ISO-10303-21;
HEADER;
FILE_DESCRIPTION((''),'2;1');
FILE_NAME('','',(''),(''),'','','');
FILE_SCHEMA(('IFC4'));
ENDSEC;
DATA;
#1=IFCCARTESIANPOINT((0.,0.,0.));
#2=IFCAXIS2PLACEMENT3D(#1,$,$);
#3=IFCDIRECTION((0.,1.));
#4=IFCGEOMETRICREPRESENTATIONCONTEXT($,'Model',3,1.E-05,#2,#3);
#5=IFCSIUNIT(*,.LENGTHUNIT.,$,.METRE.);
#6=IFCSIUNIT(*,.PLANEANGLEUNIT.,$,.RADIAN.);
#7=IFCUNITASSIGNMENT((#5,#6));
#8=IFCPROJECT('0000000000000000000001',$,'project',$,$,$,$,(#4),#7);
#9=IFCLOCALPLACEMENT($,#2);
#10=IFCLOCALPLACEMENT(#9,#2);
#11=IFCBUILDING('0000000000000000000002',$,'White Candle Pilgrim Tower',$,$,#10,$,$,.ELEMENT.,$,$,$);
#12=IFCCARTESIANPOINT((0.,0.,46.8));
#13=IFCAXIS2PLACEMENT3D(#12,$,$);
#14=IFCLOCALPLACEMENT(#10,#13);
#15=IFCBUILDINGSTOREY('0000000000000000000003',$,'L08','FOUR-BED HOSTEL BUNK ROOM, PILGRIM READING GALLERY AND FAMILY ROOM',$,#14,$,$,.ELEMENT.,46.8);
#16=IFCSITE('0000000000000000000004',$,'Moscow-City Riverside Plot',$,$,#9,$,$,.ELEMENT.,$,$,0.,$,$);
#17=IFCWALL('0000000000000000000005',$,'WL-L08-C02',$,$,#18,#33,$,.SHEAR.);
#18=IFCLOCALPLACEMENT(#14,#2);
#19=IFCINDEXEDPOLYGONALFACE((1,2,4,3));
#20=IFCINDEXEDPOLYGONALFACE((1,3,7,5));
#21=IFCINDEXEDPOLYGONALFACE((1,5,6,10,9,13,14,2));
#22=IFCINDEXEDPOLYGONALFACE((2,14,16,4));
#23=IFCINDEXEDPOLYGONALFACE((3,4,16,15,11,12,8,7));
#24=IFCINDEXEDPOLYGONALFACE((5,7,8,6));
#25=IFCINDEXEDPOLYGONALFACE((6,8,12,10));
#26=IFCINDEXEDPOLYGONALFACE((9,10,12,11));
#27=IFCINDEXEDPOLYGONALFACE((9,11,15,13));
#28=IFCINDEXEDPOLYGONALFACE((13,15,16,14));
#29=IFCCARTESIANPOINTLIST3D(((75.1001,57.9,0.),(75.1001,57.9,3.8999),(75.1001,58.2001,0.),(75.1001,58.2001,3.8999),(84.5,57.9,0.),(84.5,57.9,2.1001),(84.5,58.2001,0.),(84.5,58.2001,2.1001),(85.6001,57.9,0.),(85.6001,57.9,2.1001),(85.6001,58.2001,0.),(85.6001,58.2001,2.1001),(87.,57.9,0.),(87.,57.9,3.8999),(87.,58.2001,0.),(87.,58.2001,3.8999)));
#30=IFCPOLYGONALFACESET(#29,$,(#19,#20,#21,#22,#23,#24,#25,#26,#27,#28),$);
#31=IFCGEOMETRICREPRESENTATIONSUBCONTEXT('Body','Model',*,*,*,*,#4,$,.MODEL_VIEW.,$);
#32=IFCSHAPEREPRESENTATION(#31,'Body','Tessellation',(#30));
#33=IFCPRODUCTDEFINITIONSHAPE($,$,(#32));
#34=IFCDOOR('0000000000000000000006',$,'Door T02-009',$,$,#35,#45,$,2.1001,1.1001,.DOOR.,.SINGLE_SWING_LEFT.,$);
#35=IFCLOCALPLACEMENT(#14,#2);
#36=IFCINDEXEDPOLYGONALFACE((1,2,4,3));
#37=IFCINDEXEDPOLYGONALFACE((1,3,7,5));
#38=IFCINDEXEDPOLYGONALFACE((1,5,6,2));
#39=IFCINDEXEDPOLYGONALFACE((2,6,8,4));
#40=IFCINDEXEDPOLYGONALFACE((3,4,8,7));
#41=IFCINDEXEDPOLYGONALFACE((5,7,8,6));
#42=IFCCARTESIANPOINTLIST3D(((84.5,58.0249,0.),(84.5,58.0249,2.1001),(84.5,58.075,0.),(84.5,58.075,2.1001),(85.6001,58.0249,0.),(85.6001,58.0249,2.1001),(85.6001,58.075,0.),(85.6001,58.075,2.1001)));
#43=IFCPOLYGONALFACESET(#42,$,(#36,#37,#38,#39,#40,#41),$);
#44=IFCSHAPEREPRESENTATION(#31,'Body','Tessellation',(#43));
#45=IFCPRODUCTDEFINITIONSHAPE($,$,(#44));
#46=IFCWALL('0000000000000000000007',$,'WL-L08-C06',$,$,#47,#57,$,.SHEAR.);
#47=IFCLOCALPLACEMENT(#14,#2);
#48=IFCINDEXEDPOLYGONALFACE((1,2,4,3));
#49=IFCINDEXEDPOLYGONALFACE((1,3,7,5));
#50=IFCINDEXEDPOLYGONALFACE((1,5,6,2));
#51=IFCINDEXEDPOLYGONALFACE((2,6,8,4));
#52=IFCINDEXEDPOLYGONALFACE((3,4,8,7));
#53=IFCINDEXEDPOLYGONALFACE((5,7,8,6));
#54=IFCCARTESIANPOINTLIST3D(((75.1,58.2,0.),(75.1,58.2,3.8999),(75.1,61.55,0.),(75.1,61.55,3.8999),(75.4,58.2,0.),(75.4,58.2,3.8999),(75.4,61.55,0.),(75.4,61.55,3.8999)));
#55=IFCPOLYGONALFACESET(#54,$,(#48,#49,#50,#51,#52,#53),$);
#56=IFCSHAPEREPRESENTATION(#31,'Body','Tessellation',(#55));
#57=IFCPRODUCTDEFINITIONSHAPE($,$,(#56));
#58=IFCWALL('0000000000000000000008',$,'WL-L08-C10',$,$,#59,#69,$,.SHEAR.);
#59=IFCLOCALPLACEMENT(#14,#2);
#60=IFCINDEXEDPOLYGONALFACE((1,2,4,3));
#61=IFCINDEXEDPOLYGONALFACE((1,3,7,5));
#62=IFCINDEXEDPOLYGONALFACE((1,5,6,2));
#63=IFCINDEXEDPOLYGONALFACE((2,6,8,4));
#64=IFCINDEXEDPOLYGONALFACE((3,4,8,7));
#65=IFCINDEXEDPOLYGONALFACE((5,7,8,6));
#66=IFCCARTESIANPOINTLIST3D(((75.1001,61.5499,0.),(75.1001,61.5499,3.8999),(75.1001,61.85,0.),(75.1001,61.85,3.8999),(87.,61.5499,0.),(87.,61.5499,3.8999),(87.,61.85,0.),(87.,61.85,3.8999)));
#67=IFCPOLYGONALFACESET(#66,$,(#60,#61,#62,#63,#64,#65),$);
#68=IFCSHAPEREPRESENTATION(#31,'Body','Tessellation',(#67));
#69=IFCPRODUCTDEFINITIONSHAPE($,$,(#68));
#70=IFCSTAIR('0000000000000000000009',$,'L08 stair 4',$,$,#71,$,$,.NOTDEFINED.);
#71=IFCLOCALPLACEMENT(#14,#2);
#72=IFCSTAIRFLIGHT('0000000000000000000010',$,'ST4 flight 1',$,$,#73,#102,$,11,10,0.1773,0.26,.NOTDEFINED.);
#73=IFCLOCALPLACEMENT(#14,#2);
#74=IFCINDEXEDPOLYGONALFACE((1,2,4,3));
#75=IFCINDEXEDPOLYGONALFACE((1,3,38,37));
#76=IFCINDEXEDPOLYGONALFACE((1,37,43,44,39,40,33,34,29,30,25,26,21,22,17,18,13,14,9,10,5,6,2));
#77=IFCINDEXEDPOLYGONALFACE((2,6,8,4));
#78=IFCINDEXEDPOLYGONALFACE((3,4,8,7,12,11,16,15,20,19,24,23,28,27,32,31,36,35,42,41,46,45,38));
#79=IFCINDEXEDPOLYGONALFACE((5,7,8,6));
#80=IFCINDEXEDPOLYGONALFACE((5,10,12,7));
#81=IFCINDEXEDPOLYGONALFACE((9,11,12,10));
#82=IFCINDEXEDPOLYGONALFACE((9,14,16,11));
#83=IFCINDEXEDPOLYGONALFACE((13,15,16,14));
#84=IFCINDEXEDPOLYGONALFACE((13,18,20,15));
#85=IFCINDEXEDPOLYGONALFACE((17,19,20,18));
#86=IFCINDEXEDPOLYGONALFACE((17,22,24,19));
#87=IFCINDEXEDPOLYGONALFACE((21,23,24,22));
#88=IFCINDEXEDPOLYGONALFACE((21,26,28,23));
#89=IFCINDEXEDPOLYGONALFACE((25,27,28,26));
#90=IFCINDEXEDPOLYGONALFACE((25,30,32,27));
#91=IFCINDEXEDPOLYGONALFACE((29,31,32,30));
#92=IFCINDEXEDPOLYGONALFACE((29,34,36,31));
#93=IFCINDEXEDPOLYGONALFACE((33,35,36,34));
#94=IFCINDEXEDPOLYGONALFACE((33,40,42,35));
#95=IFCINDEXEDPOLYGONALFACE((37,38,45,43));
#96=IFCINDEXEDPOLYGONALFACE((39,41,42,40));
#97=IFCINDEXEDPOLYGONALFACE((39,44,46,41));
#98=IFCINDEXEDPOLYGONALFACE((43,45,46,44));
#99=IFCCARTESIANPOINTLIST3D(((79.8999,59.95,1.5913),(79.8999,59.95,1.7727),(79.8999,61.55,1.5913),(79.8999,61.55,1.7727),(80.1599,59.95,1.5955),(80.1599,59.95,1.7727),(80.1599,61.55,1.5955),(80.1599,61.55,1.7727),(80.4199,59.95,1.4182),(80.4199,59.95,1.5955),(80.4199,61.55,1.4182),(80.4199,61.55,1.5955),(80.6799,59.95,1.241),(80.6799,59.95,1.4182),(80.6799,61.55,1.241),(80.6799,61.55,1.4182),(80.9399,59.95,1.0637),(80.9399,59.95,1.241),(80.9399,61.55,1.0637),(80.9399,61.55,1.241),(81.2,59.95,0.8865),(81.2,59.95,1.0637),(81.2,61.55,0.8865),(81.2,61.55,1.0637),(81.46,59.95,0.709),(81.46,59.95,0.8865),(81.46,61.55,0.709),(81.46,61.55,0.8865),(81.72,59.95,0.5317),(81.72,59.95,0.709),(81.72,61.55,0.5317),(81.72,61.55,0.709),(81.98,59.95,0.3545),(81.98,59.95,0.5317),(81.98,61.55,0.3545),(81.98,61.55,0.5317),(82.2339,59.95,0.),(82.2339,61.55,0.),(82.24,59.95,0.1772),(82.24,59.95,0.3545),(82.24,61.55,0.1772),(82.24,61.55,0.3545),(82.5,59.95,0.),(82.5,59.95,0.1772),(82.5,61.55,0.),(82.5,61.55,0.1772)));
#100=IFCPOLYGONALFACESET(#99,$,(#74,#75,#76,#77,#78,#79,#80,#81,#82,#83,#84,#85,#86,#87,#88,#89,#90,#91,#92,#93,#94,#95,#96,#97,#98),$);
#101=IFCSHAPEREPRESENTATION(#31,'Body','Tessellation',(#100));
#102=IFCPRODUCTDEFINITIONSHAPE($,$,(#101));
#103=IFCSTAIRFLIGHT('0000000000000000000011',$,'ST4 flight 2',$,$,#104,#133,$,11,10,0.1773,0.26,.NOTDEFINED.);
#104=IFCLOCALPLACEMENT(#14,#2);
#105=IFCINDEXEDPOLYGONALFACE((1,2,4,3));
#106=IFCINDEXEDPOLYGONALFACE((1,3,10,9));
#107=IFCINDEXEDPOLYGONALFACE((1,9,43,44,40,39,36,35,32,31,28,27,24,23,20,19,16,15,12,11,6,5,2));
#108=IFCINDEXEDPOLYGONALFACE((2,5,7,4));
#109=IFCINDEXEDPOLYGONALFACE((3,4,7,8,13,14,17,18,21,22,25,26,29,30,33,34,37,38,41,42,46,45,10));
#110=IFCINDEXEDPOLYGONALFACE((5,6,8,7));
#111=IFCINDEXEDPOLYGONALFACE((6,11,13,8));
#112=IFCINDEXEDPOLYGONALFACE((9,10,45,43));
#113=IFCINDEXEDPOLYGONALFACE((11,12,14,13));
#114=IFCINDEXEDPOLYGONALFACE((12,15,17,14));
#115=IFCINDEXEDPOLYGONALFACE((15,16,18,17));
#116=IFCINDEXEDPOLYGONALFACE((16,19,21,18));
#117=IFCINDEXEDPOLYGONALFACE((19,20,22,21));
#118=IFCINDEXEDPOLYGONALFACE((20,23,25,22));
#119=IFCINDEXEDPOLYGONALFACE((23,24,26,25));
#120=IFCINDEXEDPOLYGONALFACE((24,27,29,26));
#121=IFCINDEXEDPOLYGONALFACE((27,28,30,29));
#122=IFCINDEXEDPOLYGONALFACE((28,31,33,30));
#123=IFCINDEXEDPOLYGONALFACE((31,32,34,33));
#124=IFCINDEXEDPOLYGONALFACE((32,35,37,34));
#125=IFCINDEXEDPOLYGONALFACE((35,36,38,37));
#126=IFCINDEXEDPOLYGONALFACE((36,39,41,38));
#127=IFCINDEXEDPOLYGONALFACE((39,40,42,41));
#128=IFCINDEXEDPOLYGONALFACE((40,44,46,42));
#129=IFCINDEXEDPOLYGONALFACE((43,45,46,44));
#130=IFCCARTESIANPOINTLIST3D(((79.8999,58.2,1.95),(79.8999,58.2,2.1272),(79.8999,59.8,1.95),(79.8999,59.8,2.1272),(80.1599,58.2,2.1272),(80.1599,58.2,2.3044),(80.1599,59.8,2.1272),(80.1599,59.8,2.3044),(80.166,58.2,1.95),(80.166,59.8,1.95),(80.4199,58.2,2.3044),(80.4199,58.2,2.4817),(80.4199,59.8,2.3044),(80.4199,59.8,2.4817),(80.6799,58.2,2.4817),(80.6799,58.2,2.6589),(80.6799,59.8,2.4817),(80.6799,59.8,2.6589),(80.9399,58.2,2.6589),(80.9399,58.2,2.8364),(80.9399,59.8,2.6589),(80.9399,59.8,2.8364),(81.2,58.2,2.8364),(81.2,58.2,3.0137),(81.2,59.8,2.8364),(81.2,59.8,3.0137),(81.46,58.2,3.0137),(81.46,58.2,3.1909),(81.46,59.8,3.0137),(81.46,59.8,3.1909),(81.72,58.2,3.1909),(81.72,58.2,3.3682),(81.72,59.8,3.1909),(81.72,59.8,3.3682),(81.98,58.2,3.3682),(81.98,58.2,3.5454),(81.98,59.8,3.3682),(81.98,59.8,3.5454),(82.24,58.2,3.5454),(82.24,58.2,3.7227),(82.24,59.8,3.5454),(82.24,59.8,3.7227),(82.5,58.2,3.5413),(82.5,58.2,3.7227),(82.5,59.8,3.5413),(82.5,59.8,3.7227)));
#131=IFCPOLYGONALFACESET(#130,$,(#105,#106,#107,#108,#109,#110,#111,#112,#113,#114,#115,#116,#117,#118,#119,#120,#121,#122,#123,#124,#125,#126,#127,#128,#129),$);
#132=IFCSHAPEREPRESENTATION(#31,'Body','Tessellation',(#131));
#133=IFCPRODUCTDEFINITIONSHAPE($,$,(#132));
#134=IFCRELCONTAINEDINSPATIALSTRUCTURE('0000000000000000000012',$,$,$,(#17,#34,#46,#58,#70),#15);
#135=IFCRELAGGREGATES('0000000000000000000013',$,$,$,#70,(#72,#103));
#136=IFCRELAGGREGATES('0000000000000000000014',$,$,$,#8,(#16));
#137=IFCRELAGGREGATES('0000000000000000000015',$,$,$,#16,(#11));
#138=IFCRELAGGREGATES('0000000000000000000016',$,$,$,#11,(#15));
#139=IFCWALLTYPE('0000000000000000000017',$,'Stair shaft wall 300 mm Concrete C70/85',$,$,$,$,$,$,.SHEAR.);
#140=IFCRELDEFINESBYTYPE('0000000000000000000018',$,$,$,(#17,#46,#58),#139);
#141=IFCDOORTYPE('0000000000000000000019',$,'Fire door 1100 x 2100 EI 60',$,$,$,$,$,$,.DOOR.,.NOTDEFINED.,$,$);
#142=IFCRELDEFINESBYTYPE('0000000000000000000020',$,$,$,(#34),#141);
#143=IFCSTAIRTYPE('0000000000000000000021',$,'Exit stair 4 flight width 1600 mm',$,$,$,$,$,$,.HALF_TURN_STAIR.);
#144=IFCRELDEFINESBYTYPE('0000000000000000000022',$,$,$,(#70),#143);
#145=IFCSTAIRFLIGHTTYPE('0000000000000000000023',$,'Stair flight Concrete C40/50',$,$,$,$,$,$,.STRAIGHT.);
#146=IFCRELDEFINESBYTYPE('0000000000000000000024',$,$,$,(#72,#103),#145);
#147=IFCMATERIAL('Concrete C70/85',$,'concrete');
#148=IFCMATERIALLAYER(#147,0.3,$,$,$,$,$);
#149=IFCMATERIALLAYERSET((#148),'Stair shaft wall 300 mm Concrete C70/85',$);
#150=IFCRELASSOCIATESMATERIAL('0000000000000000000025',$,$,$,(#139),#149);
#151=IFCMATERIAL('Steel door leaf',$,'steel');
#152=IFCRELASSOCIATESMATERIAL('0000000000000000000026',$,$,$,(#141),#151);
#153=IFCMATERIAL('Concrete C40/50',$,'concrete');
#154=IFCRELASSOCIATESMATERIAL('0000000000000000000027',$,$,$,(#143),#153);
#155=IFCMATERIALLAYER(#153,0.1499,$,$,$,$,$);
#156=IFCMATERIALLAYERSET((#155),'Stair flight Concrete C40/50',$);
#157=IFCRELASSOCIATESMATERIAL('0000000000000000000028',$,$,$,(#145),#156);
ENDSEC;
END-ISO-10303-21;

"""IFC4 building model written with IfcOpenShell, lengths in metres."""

from ifc_helpers import new_model, si_unit, direction, frame, frame_2d, origin, place, context, subcontext, project, spatial, polyline, rectangle, outline, extrude, material, layer, layer_set, type_object, element, fill, aggregate, save


model = new_model("IFC4")

# Units and contexts
model_context = context("Model", 3, precision=1e-05, world=origin(), true_north=direction((0.0, 1.0)))
body_context = subcontext(model_context, "Body", "Model", "MODEL_VIEW")
ifc_project = project(units=[si_unit("LENGTHUNIT", "METRE"), si_unit("PLANEANGLEUNIT", "RADIAN")], contexts=[model_context])

# Site, building, storey
site_placement = place(None, origin())
site = spatial("IfcSite", under=ifc_project, at=site_placement, Name="Moscow-City Riverside Plot", CompositionType="ELEMENT", RefElevation=0.0)
building_placement = place(site_placement, origin())
building = spatial("IfcBuilding", under=site, at=building_placement, Name="White Candle Pilgrim Tower", CompositionType="ELEMENT")
storey_placement = place(building_placement, frame((0.0, 0.0, 46.8)))
storey = spatial("IfcBuildingStorey", under=building, at=storey_placement, Name="L08", Description="FOUR-BED HOSTEL BUNK ROOM, PILGRIM READING GALLERY AND FAMILY ROOM", CompositionType="ELEMENT", Elevation=46.8)

# Wall, opening, door
ifc_material_1 = material(Name="Concrete C70/85", Category="concrete")
ifc_layer_1 = layer(ifc_material_1, 0.3)
ifc_layer_set_1 = layer_set([ifc_layer_1], Name="Stair shaft wall 300 mm Concrete C70/85")
wall_type_1 = type_object("IfcWallType", Name="Stair shaft wall 300 mm Concrete C70/85", PredefinedType="SHEAR", material=ifc_layer_set_1)
wall_1_placement = place(storey_placement, frame((75.1001, 58.05, 0.0), z_axis=(0.0, 0.0, 1.0), x_axis=(1.0, 0.0, 0.0)))
wall_1 = element("IfcWall", 1, at=wall_1_placement, inside=storey, type_object=wall_type_1, Name="WL-L08-C02", PredefinedType="SHEAR", context=body_context, shape_type="SweptSolid", body=[
    extrude(rectangle(XDim=11.8999, YDim=0.3, at=frame_2d((5.95, 0.0))), origin(), (0.0, 0.0, 1.0), 3.8999),
])
opening_placement = place(wall_1_placement, frame((9.3999, 0.0, 0.0)))
opening = element("IfcOpeningElement", 2, at=opening_placement, cuts=wall_1, PredefinedType="OPENING", context=body_context, shape_type="SweptSolid", body=[
    extrude(rectangle(XDim=1.1001, YDim=2.1001, at=frame_2d((0.55, 1.05))), frame((0.0, 0.1599, 0.0), z_axis=(0.0, -1.0, 0.0), x_axis=(1.0, 0.0, 0.0)), (0.0, 0.0, 1.0), 0.3201),
])
ifc_material_2 = material(Name="Steel door leaf", Category="steel")
door_type = type_object("IfcDoorType", Name="Fire door 1100 x 2100 EI 60", OperationType="NOTDEFINED", PredefinedType="DOOR", material=ifc_material_2)
door_placement = place(opening_placement, origin())
door = element("IfcDoor", 3, at=door_placement, inside=storey, type_object=door_type, Name="Door T02-009", OperationType="SINGLE_SWING_LEFT", OverallHeight=2.1001, OverallWidth=1.1001, PredefinedType="DOOR", context=body_context, shape_type="SweptSolid", body=[
    extrude(rectangle(XDim=1.1001, YDim=2.1001, at=frame_2d((0.55, 1.05))), frame((0.0, 0.0249, 0.0), z_axis=(0.0, -1.0, 0.0), x_axis=(1.0, 0.0, 0.0)), (0.0, 0.0, 1.0), 0.05),
])
fill(opening, door)

# Walls
wall_2_placement = place(storey_placement, frame((75.25, 58.2, 0.0), z_axis=(0.0, 0.0, 1.0), x_axis=(0.0, 1.0, 0.0)))
element("IfcWall", 4, at=wall_2_placement, inside=storey, type_object=wall_type_1, Name="WL-L08-C06", PredefinedType="SHEAR", context=body_context, shape_type="SweptSolid", body=[
    extrude(rectangle(XDim=3.3501, YDim=0.3, at=frame_2d((1.675, 0.0))), origin(), (0.0, 0.0, 1.0), 3.8999),
])
wall_3_placement = place(storey_placement, frame((75.1001, 61.7, 0.0), z_axis=(0.0, 0.0, 1.0), x_axis=(1.0, 0.0, 0.0)))
element("IfcWall", 5, at=wall_3_placement, inside=storey, type_object=wall_type_1, Name="WL-L08-C10", PredefinedType="SHEAR", context=body_context, shape_type="SweptSolid", body=[
    extrude(rectangle(XDim=11.8999, YDim=0.3, at=frame_2d((5.95, 0.0))), origin(), (0.0, 0.0, 1.0), 3.8999),
])

# Stair, stair flights
ifc_material_3 = material(Name="Concrete C40/50", Category="concrete")
stair_type = type_object("IfcStairType", Name="Exit stair 4 flight width 1600 mm", PredefinedType="HALF_TURN_STAIR", material=ifc_material_3)
stair_placement = place(storey_placement, origin())
stair = element("IfcStair", 6, at=stair_placement, inside=storey, type_object=stair_type, Name="L08 stair 4", PredefinedType="NOTDEFINED")
ifc_layer_2 = layer(ifc_material_3, 0.1499)
ifc_layer_set_2 = layer_set([ifc_layer_2], Name="Stair flight Concrete C40/50")
stair_flight_type = type_object("IfcStairFlightType", Name="Stair flight Concrete C40/50", PredefinedType="STRAIGHT", material=ifc_layer_set_2)
stair_flight_1_placement = place(storey_placement, frame((82.5, 60.75, 0.0), z_axis=(0.0, 0.0, 1.0), x_axis=(-1.0, 0.0, 0.0)))
stair_flight_1 = element("IfcStairFlight", 7, at=stair_flight_1_placement, type_object=stair_flight_type, Name="ST4 flight 1", NumberOfRisers=11, NumberOfTreads=10, PredefinedType="NOTDEFINED", RiserHeight=0.1773, TreadLength=0.26, context=body_context, shape_type="SweptSolid", body=[
    extrude(outline(polyline([(0.0, 0.0), (0.0, 0.1772), (0.26, 0.1772), (0.26, 0.3545), (0.52, 0.3545), (0.52, 0.5317), (0.78, 0.5317), (0.78, 0.709), (1.04, 0.709), (1.04, 0.8865), (1.3, 0.8865), (1.3, 1.0637), (1.5601, 1.0637), (1.5601, 1.241), (1.8201, 1.241), (1.8201, 1.4182), (2.0801, 1.4182), (2.0801, 1.5955), (2.3401, 1.5955), (2.3401, 1.7727), (2.6001, 1.7727), (2.6001, 1.95), (2.6001, 1.5913), (0.2661, 0.0), (0.0, 0.0)])), frame((0.0, 0.8, 0.0), z_axis=(0.0, -1.0, 0.0), x_axis=(1.0, 0.0, 0.0)), (0.0, 0.0, 1.0), 1.6001),
])
stair_flight_2_placement = place(storey_placement, frame((79.8999, 59.0, 1.95), z_axis=(0.0, 0.0, 1.0), x_axis=(1.0, 0.0, 0.0)))
stair_flight_2 = element("IfcStairFlight", 8, at=stair_flight_2_placement, type_object=stair_flight_type, Name="ST4 flight 2", NumberOfRisers=11, NumberOfTreads=10, PredefinedType="NOTDEFINED", RiserHeight=0.1773, TreadLength=0.26, context=body_context, shape_type="SweptSolid", body=[
    extrude(outline(polyline([(0.0, 0.0), (0.0, 0.1772), (0.26, 0.1772), (0.26, 0.3545), (0.52, 0.3545), (0.52, 0.5317), (0.78, 0.5317), (0.78, 0.709), (1.04, 0.709), (1.04, 0.8865), (1.3, 0.8865), (1.3, 1.0637), (1.5601, 1.0637), (1.5601, 1.241), (1.8201, 1.241), (1.8201, 1.4182), (2.0801, 1.4182), (2.0801, 1.5955), (2.3401, 1.5955), (2.3401, 1.7727), (2.6001, 1.7727), (2.6001, 1.95), (2.6001, 1.5913), (0.2661, 0.0), (0.0, 0.0)])), frame((0.0, 0.8, 0.0), z_axis=(0.0, -1.0, 0.0), x_axis=(1.0, 0.0, 0.0)), (0.0, 0.0, 1.0), 1.6001),
])
aggregate(stair, [stair_flight_1, stair_flight_2])

save(model, "model.ifc")
